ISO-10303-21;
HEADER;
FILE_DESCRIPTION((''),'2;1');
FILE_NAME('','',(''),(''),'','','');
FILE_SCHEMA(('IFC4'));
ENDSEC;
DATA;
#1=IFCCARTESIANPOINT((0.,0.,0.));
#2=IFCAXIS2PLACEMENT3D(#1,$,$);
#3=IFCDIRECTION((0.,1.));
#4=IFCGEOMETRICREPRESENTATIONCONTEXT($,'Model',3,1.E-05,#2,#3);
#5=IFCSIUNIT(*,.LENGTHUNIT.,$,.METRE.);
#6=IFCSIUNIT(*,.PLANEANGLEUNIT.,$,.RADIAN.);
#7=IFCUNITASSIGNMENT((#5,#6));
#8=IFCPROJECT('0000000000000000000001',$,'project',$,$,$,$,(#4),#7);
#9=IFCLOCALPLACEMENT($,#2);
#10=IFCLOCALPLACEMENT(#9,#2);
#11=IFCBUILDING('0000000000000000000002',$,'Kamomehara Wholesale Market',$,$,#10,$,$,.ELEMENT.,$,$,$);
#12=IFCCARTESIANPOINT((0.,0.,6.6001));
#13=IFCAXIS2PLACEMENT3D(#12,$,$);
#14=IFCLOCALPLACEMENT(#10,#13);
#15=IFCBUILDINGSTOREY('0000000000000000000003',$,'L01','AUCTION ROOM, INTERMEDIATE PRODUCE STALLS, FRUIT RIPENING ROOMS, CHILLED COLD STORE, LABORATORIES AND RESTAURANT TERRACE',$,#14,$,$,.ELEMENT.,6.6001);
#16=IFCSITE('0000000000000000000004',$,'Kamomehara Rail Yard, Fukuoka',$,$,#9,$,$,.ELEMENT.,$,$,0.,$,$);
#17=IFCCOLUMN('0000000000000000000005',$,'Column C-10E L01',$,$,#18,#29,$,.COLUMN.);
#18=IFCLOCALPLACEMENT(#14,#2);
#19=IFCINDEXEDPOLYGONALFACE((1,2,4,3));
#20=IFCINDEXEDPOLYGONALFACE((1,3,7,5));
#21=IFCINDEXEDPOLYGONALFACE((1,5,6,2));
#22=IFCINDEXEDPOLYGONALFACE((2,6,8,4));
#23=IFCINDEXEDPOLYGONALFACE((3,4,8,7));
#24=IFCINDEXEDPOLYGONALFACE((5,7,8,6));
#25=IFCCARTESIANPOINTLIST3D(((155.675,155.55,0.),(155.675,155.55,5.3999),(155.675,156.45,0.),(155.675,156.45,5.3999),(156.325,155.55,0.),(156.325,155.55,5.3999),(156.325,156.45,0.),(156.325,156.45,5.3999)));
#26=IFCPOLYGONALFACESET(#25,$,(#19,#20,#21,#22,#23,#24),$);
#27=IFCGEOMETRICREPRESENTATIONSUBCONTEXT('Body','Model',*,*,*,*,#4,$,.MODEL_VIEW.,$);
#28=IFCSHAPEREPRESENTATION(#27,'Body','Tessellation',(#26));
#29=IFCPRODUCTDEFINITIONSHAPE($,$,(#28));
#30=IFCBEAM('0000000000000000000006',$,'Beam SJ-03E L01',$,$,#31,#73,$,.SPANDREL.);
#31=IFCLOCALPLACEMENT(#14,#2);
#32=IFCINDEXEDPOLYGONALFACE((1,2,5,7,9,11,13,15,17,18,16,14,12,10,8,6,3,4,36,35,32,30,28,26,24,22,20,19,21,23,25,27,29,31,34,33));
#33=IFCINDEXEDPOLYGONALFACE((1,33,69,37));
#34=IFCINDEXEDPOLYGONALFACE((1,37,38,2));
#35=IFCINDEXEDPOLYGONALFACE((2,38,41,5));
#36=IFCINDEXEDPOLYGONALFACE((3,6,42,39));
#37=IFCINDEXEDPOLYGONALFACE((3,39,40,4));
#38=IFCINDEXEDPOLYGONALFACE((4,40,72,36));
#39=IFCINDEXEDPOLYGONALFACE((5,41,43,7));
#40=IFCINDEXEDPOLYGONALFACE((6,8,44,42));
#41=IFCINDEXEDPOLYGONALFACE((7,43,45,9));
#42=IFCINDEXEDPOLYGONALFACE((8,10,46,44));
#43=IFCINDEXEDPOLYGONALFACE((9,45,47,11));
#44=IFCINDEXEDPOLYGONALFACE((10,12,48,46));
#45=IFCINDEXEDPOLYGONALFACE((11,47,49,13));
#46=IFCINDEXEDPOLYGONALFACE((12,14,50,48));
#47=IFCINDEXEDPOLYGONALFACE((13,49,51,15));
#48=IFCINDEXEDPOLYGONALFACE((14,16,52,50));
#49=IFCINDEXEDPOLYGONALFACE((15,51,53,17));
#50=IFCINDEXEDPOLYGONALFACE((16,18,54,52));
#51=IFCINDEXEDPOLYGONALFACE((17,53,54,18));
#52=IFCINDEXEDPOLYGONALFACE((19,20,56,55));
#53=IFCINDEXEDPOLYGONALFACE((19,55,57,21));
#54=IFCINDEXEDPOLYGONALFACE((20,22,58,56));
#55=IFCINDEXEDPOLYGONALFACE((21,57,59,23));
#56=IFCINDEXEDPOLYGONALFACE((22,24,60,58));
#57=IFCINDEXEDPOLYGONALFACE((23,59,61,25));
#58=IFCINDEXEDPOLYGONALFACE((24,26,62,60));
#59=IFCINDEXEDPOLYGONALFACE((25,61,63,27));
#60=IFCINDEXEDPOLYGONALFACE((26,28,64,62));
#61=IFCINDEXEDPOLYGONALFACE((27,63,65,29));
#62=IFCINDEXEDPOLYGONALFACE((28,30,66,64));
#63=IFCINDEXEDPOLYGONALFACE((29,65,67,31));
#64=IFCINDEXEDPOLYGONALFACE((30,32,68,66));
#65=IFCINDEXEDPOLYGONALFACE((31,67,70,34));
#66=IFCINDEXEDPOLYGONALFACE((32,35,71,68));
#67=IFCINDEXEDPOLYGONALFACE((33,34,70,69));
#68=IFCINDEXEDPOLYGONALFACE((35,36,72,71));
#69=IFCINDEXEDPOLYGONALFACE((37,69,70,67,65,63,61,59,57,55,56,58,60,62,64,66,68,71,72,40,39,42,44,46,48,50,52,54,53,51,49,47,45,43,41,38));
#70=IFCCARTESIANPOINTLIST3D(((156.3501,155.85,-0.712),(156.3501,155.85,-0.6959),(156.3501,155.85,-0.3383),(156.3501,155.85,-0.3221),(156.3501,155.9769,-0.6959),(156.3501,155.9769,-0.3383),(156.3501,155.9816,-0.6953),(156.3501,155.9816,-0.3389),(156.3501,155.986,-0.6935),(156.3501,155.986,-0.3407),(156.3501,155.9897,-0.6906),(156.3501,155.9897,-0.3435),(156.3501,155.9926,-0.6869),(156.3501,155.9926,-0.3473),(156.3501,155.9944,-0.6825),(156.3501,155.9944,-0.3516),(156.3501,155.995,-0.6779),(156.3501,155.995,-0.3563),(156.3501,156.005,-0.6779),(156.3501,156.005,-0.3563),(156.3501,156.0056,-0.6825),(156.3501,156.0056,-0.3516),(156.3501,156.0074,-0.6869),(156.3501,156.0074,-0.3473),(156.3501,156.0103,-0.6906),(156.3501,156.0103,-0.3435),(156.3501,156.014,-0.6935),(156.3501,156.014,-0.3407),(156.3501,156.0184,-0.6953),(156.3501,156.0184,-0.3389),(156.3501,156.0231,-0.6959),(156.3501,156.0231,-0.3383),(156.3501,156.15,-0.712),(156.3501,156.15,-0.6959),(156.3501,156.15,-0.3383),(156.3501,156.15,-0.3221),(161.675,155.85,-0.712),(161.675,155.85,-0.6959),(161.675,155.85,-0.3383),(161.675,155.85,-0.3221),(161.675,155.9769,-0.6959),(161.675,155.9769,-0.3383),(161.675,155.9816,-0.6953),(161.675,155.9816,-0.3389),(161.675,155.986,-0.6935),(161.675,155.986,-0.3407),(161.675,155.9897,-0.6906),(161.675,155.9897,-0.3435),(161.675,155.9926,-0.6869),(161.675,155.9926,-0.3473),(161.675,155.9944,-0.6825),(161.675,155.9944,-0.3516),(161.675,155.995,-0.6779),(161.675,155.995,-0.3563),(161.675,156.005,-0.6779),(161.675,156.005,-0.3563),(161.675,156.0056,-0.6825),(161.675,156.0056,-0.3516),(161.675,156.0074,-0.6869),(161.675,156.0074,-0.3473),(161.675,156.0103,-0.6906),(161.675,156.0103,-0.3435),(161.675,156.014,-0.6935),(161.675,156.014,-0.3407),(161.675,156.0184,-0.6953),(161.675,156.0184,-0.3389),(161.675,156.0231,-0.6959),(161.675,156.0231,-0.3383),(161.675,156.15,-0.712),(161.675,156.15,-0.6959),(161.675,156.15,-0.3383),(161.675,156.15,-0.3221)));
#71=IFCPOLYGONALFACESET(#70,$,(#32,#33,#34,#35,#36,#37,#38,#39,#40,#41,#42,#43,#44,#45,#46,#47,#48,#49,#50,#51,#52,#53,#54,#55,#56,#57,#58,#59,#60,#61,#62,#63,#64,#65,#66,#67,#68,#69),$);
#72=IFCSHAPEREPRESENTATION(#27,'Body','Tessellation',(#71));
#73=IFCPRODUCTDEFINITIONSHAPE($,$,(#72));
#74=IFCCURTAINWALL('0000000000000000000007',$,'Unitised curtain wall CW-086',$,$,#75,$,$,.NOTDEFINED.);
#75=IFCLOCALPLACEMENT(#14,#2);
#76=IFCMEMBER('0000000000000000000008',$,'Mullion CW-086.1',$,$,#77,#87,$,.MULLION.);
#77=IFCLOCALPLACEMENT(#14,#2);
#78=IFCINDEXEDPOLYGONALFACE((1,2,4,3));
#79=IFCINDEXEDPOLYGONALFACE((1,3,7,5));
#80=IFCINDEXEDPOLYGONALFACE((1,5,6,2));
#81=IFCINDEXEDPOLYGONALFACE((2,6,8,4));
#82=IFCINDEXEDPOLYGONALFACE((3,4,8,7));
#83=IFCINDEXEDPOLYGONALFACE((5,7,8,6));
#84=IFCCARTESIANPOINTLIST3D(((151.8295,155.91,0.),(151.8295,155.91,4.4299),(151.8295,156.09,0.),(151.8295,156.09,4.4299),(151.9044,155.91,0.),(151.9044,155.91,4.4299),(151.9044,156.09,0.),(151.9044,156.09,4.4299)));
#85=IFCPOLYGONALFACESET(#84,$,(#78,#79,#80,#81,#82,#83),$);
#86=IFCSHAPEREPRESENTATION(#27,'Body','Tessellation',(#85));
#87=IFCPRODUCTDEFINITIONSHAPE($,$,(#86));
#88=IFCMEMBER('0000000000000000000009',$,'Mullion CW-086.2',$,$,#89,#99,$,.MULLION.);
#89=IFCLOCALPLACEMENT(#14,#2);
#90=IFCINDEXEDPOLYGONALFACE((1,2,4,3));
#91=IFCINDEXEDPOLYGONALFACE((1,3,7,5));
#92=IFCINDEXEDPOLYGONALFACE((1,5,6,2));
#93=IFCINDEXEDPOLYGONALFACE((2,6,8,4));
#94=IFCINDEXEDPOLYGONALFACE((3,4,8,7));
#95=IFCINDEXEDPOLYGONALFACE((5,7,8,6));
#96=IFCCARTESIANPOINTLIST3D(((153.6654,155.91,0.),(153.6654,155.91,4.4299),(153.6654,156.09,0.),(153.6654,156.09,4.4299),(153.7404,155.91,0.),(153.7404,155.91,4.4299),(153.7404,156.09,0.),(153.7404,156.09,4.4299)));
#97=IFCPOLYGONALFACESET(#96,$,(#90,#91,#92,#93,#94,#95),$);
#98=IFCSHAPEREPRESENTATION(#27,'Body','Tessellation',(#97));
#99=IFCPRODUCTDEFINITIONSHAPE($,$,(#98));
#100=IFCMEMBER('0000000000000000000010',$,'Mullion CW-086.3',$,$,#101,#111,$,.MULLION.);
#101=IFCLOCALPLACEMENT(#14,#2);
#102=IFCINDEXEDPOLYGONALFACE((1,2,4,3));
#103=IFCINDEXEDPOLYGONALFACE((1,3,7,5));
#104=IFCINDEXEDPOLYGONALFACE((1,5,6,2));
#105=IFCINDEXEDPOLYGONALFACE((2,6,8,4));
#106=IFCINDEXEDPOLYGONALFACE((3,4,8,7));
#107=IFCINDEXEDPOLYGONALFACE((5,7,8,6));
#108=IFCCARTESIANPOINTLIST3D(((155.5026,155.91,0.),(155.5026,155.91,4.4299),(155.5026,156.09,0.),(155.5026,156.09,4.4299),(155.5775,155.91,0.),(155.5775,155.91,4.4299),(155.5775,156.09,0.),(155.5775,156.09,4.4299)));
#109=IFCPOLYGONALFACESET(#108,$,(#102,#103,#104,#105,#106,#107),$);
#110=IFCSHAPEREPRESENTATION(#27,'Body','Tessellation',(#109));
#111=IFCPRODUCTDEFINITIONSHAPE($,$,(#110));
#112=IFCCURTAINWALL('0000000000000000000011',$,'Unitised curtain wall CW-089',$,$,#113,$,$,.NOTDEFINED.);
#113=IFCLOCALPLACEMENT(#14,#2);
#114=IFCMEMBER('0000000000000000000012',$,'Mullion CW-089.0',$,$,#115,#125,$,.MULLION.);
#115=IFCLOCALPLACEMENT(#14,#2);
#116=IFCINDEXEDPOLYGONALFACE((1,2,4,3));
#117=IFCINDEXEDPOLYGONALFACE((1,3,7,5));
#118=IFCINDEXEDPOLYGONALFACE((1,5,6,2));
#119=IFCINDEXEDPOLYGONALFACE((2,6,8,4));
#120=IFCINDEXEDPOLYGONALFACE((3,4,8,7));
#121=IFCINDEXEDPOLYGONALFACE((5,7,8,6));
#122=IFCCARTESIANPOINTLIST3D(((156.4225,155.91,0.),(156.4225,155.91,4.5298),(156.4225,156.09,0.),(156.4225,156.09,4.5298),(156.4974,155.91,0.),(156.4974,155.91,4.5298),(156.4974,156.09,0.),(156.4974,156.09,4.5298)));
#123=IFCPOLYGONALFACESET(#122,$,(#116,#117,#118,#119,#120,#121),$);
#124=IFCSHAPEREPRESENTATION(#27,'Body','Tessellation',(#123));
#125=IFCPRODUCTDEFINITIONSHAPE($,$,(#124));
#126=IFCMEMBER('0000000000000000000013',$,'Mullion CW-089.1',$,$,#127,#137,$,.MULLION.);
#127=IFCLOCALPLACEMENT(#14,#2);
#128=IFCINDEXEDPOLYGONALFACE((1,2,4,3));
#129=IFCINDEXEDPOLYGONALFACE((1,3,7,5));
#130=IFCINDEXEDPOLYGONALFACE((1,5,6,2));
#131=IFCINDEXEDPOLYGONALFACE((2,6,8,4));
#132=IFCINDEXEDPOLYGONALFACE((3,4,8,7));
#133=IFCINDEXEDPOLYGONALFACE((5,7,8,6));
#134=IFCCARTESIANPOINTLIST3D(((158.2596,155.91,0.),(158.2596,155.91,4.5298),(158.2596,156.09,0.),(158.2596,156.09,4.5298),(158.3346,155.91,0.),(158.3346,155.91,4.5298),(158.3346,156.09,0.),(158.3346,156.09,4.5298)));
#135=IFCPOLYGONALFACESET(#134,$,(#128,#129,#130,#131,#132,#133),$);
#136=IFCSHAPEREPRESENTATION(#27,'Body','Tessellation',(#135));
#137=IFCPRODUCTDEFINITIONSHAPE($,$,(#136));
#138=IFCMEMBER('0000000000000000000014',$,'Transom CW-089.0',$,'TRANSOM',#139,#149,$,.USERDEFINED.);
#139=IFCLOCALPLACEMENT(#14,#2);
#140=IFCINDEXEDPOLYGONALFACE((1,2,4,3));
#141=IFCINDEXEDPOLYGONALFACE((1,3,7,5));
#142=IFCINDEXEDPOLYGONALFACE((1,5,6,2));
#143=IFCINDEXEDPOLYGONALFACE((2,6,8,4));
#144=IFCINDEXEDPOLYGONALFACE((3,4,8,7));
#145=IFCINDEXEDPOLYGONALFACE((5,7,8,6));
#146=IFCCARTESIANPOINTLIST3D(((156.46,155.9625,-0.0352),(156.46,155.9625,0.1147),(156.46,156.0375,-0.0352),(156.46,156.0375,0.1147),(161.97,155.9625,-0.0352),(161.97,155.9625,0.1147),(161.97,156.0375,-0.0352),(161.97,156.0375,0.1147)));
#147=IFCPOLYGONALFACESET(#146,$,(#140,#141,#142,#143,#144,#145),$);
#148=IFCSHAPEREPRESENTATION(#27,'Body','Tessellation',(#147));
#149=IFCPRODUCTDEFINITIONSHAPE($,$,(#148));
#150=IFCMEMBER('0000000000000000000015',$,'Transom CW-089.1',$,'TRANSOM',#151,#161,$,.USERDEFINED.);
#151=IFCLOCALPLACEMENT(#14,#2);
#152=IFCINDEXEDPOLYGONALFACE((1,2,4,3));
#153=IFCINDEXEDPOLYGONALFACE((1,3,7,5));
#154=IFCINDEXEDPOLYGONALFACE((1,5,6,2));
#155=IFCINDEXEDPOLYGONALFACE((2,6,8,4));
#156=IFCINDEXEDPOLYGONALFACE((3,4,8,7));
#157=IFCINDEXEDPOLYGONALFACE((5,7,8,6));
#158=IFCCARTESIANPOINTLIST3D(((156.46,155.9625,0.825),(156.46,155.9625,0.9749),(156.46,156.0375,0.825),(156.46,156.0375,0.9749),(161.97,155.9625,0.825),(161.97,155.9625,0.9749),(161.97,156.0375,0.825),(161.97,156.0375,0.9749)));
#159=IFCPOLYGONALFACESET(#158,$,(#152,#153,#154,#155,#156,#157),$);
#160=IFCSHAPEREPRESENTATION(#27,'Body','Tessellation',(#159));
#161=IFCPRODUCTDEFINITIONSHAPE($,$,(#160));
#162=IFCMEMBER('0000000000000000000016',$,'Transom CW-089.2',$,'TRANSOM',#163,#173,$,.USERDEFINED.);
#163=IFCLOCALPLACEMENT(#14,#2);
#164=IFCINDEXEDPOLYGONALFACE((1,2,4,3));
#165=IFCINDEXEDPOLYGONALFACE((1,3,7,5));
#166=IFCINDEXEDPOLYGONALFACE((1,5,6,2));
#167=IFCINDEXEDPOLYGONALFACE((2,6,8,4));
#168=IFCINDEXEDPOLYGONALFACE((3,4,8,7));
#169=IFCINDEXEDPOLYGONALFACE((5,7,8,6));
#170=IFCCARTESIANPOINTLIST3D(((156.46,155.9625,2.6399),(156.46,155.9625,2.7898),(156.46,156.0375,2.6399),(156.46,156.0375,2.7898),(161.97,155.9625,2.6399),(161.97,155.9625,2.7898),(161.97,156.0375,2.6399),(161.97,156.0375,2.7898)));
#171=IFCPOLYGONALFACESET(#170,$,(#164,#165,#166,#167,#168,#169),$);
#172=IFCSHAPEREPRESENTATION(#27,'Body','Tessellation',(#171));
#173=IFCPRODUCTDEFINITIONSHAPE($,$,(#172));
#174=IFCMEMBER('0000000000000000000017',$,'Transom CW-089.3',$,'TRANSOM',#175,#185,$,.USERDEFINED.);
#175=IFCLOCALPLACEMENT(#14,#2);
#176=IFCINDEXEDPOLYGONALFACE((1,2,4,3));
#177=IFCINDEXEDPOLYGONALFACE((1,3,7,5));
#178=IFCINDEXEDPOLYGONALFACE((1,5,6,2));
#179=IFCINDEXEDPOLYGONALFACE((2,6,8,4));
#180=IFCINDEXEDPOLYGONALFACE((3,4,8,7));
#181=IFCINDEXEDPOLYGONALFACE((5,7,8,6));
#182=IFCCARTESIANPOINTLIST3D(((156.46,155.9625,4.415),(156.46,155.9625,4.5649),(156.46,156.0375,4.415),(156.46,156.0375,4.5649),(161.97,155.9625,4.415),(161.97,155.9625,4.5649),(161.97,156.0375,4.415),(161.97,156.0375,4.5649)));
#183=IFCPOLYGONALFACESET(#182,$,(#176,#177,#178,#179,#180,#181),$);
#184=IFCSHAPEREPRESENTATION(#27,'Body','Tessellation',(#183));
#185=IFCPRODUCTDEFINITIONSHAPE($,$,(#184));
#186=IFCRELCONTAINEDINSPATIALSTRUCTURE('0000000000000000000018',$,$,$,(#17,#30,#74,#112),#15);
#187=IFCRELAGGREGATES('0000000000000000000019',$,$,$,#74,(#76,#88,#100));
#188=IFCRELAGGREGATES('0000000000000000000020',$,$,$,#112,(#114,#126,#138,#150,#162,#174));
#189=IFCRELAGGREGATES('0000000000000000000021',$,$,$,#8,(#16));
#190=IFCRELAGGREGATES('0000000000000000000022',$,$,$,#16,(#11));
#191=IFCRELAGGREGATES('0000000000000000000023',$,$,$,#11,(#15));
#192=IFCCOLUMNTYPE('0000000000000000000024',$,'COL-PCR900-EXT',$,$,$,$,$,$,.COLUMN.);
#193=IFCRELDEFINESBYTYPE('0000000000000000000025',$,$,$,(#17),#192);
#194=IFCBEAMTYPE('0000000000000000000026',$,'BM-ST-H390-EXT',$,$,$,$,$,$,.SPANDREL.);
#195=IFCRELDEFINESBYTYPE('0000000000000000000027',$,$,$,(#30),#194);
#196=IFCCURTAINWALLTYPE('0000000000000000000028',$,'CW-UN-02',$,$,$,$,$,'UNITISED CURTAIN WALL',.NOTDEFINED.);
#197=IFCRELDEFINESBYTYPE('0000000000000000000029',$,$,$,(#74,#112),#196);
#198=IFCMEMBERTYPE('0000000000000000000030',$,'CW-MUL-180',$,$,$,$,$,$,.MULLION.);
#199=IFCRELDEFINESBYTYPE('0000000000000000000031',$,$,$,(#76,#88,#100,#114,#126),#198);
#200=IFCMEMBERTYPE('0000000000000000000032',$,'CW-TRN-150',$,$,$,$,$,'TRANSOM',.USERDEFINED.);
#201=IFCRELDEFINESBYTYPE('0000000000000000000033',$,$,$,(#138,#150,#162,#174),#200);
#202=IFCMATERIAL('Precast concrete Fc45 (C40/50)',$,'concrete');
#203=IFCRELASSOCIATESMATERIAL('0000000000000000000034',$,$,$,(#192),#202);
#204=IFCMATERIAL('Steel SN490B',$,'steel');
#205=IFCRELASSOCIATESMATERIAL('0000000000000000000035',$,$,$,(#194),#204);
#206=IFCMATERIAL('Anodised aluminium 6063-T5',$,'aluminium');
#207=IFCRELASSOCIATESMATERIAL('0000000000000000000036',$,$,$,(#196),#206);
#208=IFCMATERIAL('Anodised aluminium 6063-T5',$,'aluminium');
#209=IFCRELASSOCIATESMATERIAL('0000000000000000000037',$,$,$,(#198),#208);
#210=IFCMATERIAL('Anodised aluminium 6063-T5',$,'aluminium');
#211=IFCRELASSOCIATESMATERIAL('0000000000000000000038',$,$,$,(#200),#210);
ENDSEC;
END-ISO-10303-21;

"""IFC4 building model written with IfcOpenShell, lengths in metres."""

from ifc_helpers import new_model, si_unit, direction, frame, origin, origin_2d, place, context, subcontext, project, spatial, rectangle, i_section, extrude, material, material_profile, profile_set, type_object, element, aggregate, save


model = new_model("IFC4")

# Units and contexts
model_context = context("Model", 3, precision=1e-05, world=origin(), true_north=direction((0.0, 1.0)))
body_context = subcontext(model_context, "Body", "Model", "MODEL_VIEW")
ifc_project = project(units=[si_unit("LENGTHUNIT", "METRE"), si_unit("PLANEANGLEUNIT", "RADIAN")], contexts=[model_context])

# Site, building, storey
site_placement = place(None, origin())
site = spatial("IfcSite", under=ifc_project, at=site_placement, Name="Kamomehara Rail Yard, Fukuoka", CompositionType="ELEMENT", RefElevation=0.0)
building_placement = place(site_placement, origin())
building = spatial("IfcBuilding", under=site, at=building_placement, Name="Kamomehara Wholesale Market", CompositionType="ELEMENT")
storey_placement = place(building_placement, frame((0.0, 0.0, 6.6001)))
storey = spatial("IfcBuildingStorey", under=building, at=storey_placement, Name="L01", Description="AUCTION ROOM, INTERMEDIATE PRODUCE STALLS, FRUIT RIPENING ROOMS, CHILLED COLD STORE, LABORATORIES AND RESTAURANT TERRACE", CompositionType="ELEMENT", Elevation=6.6001)

# Column
ifc_material_1 = material(Name="Precast concrete Fc45 (C40/50)", Category="concrete")
ifc_material_profile_1 = material_profile(ifc_material_1, rectangle(XDim=0.6499, YDim=0.8999, at=origin_2d()), Name="PC-COL-650x900")
ifc_profile_set_1 = profile_set([ifc_material_profile_1], Name="Precast concrete Fc45 (C40/50)")
column_type = type_object("IfcColumnType", Name="COL-PCR900-EXT", PredefinedType="COLUMN", material=ifc_profile_set_1)
column_placement = place(storey_placement, frame((156.0, 156.0, 0.0), z_axis=(0.0, 0.0, 1.0), x_axis=(1.0, 0.0, 0.0)))
element("IfcColumn", 1, at=column_placement, inside=storey, type_object=column_type, Name="Column C-10E L01", PredefinedType="COLUMN", context=body_context, shape_type="SweptSolid", body=[
    extrude(rectangle(XDim=0.6499, YDim=0.8999, at=origin_2d()), origin(), (0.0, 0.0, 1.0), 5.3999),
])

# Beam
ifc_material_2 = material(Name="Steel SN490B", Category="steel")
ifc_material_profile_2 = material_profile(ifc_material_2, i_section(OverallWidth=0.3, OverallDepth=0.3899, WebThickness=0.01, FlangeThickness=0.0161, FilletRadius=0.0181, at=origin_2d()), Name="H-390x300x10x16")
ifc_profile_set_2 = profile_set([ifc_material_profile_2], Name="Steel SN490B")
beam_type = type_object("IfcBeamType", Name="BM-ST-H390-EXT", PredefinedType="SPANDREL", material=ifc_profile_set_2)
beam_placement = place(storey_placement, frame((156.3501, 156.0, -0.5171), z_axis=(1.0, 0.0, 0.0), x_axis=(0.0, 1.0, 0.0)))
element("IfcBeam", 2, at=beam_placement, inside=storey, type_object=beam_type, Name="Beam SJ-03E L01", PredefinedType="SPANDREL", context=body_context, shape_type="SweptSolid", body=[
    extrude(i_section(OverallWidth=0.3, OverallDepth=0.3899, WebThickness=0.01, FlangeThickness=0.0161, FilletRadius=0.0181, at=origin_2d()), origin(), (0.0, 0.0, 1.0), 5.325),
])

# Curtain walls, members
ifc_material_3 = material(Name="Anodised aluminium 6063-T5", Category="aluminium")
curtain_wall_type = type_object("IfcCurtainWallType", Name="CW-UN-02", ElementType="UNITISED CURTAIN WALL", PredefinedType="NOTDEFINED", material=ifc_material_3)
curtain_wall_1_placement = place(storey_placement, origin())
curtain_wall_1 = element("IfcCurtainWall", 3, at=curtain_wall_1_placement, inside=storey, type_object=curtain_wall_type, Name="Unitised curtain wall CW-086", PredefinedType="NOTDEFINED")
ifc_material_4 = material(Name="Anodised aluminium 6063-T5", Category="aluminium")
ifc_material_profile_3 = material_profile(ifc_material_4, rectangle(XDim=0.075, YDim=0.1799, at=origin_2d()), Name="ALU-MUL-75x180")
ifc_profile_set_3 = profile_set([ifc_material_profile_3], Name="Anodised aluminium 6063-T5")
member_type_1 = type_object("IfcMemberType", Name="CW-MUL-180", PredefinedType="MULLION", material=ifc_profile_set_3)
member_1_placement = place(storey_placement, frame((151.8669, 156.0, 0.0), z_axis=(0.0, 0.0, 1.0), x_axis=(1.0, 0.0, 0.0)))
member_1 = element("IfcMember", 4, at=member_1_placement, type_object=member_type_1, Name="Mullion CW-086.1", PredefinedType="MULLION", context=body_context, shape_type="SweptSolid", body=[
    extrude(rectangle(XDim=0.075, YDim=0.1799, at=origin_2d()), origin(), (0.0, 0.0, 1.0), 4.4299),
])
member_2_placement = place(storey_placement, frame((153.7029, 156.0, 0.0), z_axis=(0.0, 0.0, 1.0), x_axis=(1.0, 0.0, 0.0)))
member_2 = element("IfcMember", 5, at=member_2_placement, type_object=member_type_1, Name="Mullion CW-086.2", PredefinedType="MULLION", context=body_context, shape_type="SweptSolid", body=[
    extrude(rectangle(XDim=0.075, YDim=0.1799, at=origin_2d()), origin(), (0.0, 0.0, 1.0), 4.4299),
])
member_3_placement = place(storey_placement, frame((155.54, 156.0, 0.0), z_axis=(0.0, 0.0, 1.0), x_axis=(1.0, 0.0, 0.0)))
member_3 = element("IfcMember", 6, at=member_3_placement, type_object=member_type_1, Name="Mullion CW-086.3", PredefinedType="MULLION", context=body_context, shape_type="SweptSolid", body=[
    extrude(rectangle(XDim=0.075, YDim=0.1799, at=origin_2d()), origin(), (0.0, 0.0, 1.0), 4.4299),
])
curtain_wall_2_placement = place(storey_placement, origin())
curtain_wall_2 = element("IfcCurtainWall", 7, at=curtain_wall_2_placement, inside=storey, type_object=curtain_wall_type, Name="Unitised curtain wall CW-089", PredefinedType="NOTDEFINED")
member_4_placement = place(storey_placement, frame((156.46, 156.0, 0.0), z_axis=(0.0, 0.0, 1.0), x_axis=(1.0, 0.0, 0.0)))
member_4 = element("IfcMember", 8, at=member_4_placement, type_object=member_type_1, Name="Mullion CW-089.0", PredefinedType="MULLION", context=body_context, shape_type="SweptSolid", body=[
    extrude(rectangle(XDim=0.075, YDim=0.1799, at=origin_2d()), origin(), (0.0, 0.0, 1.0), 4.5298),
])
member_5_placement = place(storey_placement, frame((158.2971, 156.0, 0.0), z_axis=(0.0, 0.0, 1.0), x_axis=(1.0, 0.0, 0.0)))
member_5 = element("IfcMember", 9, at=member_5_placement, type_object=member_type_1, Name="Mullion CW-089.1", PredefinedType="MULLION", context=body_context, shape_type="SweptSolid", body=[
    extrude(rectangle(XDim=0.075, YDim=0.1799, at=origin_2d()), origin(), (0.0, 0.0, 1.0), 4.5298),
])
ifc_material_5 = material(Name="Anodised aluminium 6063-T5", Category="aluminium")
ifc_material_profile_4 = material_profile(ifc_material_5, rectangle(XDim=0.075, YDim=0.1499, at=origin_2d()), Name="ALU-TRN-75x150")
ifc_profile_set_4 = profile_set([ifc_material_profile_4], Name="Anodised aluminium 6063-T5")
member_type_2 = type_object("IfcMemberType", Name="CW-TRN-150", ElementType="TRANSOM", PredefinedType="USERDEFINED", material=ifc_profile_set_4)
member_6_placement = place(storey_placement, frame((156.46, 156.0, 0.0398), z_axis=(1.0, 0.0, 0.0), x_axis=(0.0, 1.0, 0.0)))
member_6 = element("IfcMember", 10, at=member_6_placement, type_object=member_type_2, Name="Transom CW-089.0", ObjectType="TRANSOM", PredefinedType="USERDEFINED", context=body_context, shape_type="SweptSolid", body=[
    extrude(rectangle(XDim=0.075, YDim=0.1499, at=origin_2d()), origin(), (0.0, 0.0, 1.0), 5.51),
])
member_7_placement = place(storey_placement, frame((156.46, 156.0, 0.8999), z_axis=(1.0, 0.0, 0.0), x_axis=(0.0, 1.0, 0.0)))
member_7 = element("IfcMember", 11, at=member_7_placement, type_object=member_type_2, Name="Transom CW-089.1", ObjectType="TRANSOM", PredefinedType="USERDEFINED", context=body_context, shape_type="SweptSolid", body=[
    extrude(rectangle(XDim=0.075, YDim=0.1499, at=origin_2d()), origin(), (0.0, 0.0, 1.0), 5.51),
])
member_8_placement = place(storey_placement, frame((156.46, 156.0, 2.7148), z_axis=(1.0, 0.0, 0.0), x_axis=(0.0, 1.0, 0.0)))
member_8 = element("IfcMember", 12, at=member_8_placement, type_object=member_type_2, Name="Transom CW-089.2", ObjectType="TRANSOM", PredefinedType="USERDEFINED", context=body_context, shape_type="SweptSolid", body=[
    extrude(rectangle(XDim=0.075, YDim=0.1499, at=origin_2d()), origin(), (0.0, 0.0, 1.0), 5.51),
])
member_9_placement = place(storey_placement, frame((156.46, 156.0, 4.49), z_axis=(1.0, 0.0, 0.0), x_axis=(0.0, 1.0, 0.0)))
member_9 = element("IfcMember", 13, at=member_9_placement, type_object=member_type_2, Name="Transom CW-089.3", ObjectType="TRANSOM", PredefinedType="USERDEFINED", context=body_context, shape_type="SweptSolid", body=[
    extrude(rectangle(XDim=0.075, YDim=0.1499, at=origin_2d()), origin(), (0.0, 0.0, 1.0), 5.51),
])

aggregate(curtain_wall_1, [member_1, member_2, member_3])
aggregate(curtain_wall_2, [member_4, member_5, member_6, member_7, member_8, member_9])

save(model, "model.ifc")
